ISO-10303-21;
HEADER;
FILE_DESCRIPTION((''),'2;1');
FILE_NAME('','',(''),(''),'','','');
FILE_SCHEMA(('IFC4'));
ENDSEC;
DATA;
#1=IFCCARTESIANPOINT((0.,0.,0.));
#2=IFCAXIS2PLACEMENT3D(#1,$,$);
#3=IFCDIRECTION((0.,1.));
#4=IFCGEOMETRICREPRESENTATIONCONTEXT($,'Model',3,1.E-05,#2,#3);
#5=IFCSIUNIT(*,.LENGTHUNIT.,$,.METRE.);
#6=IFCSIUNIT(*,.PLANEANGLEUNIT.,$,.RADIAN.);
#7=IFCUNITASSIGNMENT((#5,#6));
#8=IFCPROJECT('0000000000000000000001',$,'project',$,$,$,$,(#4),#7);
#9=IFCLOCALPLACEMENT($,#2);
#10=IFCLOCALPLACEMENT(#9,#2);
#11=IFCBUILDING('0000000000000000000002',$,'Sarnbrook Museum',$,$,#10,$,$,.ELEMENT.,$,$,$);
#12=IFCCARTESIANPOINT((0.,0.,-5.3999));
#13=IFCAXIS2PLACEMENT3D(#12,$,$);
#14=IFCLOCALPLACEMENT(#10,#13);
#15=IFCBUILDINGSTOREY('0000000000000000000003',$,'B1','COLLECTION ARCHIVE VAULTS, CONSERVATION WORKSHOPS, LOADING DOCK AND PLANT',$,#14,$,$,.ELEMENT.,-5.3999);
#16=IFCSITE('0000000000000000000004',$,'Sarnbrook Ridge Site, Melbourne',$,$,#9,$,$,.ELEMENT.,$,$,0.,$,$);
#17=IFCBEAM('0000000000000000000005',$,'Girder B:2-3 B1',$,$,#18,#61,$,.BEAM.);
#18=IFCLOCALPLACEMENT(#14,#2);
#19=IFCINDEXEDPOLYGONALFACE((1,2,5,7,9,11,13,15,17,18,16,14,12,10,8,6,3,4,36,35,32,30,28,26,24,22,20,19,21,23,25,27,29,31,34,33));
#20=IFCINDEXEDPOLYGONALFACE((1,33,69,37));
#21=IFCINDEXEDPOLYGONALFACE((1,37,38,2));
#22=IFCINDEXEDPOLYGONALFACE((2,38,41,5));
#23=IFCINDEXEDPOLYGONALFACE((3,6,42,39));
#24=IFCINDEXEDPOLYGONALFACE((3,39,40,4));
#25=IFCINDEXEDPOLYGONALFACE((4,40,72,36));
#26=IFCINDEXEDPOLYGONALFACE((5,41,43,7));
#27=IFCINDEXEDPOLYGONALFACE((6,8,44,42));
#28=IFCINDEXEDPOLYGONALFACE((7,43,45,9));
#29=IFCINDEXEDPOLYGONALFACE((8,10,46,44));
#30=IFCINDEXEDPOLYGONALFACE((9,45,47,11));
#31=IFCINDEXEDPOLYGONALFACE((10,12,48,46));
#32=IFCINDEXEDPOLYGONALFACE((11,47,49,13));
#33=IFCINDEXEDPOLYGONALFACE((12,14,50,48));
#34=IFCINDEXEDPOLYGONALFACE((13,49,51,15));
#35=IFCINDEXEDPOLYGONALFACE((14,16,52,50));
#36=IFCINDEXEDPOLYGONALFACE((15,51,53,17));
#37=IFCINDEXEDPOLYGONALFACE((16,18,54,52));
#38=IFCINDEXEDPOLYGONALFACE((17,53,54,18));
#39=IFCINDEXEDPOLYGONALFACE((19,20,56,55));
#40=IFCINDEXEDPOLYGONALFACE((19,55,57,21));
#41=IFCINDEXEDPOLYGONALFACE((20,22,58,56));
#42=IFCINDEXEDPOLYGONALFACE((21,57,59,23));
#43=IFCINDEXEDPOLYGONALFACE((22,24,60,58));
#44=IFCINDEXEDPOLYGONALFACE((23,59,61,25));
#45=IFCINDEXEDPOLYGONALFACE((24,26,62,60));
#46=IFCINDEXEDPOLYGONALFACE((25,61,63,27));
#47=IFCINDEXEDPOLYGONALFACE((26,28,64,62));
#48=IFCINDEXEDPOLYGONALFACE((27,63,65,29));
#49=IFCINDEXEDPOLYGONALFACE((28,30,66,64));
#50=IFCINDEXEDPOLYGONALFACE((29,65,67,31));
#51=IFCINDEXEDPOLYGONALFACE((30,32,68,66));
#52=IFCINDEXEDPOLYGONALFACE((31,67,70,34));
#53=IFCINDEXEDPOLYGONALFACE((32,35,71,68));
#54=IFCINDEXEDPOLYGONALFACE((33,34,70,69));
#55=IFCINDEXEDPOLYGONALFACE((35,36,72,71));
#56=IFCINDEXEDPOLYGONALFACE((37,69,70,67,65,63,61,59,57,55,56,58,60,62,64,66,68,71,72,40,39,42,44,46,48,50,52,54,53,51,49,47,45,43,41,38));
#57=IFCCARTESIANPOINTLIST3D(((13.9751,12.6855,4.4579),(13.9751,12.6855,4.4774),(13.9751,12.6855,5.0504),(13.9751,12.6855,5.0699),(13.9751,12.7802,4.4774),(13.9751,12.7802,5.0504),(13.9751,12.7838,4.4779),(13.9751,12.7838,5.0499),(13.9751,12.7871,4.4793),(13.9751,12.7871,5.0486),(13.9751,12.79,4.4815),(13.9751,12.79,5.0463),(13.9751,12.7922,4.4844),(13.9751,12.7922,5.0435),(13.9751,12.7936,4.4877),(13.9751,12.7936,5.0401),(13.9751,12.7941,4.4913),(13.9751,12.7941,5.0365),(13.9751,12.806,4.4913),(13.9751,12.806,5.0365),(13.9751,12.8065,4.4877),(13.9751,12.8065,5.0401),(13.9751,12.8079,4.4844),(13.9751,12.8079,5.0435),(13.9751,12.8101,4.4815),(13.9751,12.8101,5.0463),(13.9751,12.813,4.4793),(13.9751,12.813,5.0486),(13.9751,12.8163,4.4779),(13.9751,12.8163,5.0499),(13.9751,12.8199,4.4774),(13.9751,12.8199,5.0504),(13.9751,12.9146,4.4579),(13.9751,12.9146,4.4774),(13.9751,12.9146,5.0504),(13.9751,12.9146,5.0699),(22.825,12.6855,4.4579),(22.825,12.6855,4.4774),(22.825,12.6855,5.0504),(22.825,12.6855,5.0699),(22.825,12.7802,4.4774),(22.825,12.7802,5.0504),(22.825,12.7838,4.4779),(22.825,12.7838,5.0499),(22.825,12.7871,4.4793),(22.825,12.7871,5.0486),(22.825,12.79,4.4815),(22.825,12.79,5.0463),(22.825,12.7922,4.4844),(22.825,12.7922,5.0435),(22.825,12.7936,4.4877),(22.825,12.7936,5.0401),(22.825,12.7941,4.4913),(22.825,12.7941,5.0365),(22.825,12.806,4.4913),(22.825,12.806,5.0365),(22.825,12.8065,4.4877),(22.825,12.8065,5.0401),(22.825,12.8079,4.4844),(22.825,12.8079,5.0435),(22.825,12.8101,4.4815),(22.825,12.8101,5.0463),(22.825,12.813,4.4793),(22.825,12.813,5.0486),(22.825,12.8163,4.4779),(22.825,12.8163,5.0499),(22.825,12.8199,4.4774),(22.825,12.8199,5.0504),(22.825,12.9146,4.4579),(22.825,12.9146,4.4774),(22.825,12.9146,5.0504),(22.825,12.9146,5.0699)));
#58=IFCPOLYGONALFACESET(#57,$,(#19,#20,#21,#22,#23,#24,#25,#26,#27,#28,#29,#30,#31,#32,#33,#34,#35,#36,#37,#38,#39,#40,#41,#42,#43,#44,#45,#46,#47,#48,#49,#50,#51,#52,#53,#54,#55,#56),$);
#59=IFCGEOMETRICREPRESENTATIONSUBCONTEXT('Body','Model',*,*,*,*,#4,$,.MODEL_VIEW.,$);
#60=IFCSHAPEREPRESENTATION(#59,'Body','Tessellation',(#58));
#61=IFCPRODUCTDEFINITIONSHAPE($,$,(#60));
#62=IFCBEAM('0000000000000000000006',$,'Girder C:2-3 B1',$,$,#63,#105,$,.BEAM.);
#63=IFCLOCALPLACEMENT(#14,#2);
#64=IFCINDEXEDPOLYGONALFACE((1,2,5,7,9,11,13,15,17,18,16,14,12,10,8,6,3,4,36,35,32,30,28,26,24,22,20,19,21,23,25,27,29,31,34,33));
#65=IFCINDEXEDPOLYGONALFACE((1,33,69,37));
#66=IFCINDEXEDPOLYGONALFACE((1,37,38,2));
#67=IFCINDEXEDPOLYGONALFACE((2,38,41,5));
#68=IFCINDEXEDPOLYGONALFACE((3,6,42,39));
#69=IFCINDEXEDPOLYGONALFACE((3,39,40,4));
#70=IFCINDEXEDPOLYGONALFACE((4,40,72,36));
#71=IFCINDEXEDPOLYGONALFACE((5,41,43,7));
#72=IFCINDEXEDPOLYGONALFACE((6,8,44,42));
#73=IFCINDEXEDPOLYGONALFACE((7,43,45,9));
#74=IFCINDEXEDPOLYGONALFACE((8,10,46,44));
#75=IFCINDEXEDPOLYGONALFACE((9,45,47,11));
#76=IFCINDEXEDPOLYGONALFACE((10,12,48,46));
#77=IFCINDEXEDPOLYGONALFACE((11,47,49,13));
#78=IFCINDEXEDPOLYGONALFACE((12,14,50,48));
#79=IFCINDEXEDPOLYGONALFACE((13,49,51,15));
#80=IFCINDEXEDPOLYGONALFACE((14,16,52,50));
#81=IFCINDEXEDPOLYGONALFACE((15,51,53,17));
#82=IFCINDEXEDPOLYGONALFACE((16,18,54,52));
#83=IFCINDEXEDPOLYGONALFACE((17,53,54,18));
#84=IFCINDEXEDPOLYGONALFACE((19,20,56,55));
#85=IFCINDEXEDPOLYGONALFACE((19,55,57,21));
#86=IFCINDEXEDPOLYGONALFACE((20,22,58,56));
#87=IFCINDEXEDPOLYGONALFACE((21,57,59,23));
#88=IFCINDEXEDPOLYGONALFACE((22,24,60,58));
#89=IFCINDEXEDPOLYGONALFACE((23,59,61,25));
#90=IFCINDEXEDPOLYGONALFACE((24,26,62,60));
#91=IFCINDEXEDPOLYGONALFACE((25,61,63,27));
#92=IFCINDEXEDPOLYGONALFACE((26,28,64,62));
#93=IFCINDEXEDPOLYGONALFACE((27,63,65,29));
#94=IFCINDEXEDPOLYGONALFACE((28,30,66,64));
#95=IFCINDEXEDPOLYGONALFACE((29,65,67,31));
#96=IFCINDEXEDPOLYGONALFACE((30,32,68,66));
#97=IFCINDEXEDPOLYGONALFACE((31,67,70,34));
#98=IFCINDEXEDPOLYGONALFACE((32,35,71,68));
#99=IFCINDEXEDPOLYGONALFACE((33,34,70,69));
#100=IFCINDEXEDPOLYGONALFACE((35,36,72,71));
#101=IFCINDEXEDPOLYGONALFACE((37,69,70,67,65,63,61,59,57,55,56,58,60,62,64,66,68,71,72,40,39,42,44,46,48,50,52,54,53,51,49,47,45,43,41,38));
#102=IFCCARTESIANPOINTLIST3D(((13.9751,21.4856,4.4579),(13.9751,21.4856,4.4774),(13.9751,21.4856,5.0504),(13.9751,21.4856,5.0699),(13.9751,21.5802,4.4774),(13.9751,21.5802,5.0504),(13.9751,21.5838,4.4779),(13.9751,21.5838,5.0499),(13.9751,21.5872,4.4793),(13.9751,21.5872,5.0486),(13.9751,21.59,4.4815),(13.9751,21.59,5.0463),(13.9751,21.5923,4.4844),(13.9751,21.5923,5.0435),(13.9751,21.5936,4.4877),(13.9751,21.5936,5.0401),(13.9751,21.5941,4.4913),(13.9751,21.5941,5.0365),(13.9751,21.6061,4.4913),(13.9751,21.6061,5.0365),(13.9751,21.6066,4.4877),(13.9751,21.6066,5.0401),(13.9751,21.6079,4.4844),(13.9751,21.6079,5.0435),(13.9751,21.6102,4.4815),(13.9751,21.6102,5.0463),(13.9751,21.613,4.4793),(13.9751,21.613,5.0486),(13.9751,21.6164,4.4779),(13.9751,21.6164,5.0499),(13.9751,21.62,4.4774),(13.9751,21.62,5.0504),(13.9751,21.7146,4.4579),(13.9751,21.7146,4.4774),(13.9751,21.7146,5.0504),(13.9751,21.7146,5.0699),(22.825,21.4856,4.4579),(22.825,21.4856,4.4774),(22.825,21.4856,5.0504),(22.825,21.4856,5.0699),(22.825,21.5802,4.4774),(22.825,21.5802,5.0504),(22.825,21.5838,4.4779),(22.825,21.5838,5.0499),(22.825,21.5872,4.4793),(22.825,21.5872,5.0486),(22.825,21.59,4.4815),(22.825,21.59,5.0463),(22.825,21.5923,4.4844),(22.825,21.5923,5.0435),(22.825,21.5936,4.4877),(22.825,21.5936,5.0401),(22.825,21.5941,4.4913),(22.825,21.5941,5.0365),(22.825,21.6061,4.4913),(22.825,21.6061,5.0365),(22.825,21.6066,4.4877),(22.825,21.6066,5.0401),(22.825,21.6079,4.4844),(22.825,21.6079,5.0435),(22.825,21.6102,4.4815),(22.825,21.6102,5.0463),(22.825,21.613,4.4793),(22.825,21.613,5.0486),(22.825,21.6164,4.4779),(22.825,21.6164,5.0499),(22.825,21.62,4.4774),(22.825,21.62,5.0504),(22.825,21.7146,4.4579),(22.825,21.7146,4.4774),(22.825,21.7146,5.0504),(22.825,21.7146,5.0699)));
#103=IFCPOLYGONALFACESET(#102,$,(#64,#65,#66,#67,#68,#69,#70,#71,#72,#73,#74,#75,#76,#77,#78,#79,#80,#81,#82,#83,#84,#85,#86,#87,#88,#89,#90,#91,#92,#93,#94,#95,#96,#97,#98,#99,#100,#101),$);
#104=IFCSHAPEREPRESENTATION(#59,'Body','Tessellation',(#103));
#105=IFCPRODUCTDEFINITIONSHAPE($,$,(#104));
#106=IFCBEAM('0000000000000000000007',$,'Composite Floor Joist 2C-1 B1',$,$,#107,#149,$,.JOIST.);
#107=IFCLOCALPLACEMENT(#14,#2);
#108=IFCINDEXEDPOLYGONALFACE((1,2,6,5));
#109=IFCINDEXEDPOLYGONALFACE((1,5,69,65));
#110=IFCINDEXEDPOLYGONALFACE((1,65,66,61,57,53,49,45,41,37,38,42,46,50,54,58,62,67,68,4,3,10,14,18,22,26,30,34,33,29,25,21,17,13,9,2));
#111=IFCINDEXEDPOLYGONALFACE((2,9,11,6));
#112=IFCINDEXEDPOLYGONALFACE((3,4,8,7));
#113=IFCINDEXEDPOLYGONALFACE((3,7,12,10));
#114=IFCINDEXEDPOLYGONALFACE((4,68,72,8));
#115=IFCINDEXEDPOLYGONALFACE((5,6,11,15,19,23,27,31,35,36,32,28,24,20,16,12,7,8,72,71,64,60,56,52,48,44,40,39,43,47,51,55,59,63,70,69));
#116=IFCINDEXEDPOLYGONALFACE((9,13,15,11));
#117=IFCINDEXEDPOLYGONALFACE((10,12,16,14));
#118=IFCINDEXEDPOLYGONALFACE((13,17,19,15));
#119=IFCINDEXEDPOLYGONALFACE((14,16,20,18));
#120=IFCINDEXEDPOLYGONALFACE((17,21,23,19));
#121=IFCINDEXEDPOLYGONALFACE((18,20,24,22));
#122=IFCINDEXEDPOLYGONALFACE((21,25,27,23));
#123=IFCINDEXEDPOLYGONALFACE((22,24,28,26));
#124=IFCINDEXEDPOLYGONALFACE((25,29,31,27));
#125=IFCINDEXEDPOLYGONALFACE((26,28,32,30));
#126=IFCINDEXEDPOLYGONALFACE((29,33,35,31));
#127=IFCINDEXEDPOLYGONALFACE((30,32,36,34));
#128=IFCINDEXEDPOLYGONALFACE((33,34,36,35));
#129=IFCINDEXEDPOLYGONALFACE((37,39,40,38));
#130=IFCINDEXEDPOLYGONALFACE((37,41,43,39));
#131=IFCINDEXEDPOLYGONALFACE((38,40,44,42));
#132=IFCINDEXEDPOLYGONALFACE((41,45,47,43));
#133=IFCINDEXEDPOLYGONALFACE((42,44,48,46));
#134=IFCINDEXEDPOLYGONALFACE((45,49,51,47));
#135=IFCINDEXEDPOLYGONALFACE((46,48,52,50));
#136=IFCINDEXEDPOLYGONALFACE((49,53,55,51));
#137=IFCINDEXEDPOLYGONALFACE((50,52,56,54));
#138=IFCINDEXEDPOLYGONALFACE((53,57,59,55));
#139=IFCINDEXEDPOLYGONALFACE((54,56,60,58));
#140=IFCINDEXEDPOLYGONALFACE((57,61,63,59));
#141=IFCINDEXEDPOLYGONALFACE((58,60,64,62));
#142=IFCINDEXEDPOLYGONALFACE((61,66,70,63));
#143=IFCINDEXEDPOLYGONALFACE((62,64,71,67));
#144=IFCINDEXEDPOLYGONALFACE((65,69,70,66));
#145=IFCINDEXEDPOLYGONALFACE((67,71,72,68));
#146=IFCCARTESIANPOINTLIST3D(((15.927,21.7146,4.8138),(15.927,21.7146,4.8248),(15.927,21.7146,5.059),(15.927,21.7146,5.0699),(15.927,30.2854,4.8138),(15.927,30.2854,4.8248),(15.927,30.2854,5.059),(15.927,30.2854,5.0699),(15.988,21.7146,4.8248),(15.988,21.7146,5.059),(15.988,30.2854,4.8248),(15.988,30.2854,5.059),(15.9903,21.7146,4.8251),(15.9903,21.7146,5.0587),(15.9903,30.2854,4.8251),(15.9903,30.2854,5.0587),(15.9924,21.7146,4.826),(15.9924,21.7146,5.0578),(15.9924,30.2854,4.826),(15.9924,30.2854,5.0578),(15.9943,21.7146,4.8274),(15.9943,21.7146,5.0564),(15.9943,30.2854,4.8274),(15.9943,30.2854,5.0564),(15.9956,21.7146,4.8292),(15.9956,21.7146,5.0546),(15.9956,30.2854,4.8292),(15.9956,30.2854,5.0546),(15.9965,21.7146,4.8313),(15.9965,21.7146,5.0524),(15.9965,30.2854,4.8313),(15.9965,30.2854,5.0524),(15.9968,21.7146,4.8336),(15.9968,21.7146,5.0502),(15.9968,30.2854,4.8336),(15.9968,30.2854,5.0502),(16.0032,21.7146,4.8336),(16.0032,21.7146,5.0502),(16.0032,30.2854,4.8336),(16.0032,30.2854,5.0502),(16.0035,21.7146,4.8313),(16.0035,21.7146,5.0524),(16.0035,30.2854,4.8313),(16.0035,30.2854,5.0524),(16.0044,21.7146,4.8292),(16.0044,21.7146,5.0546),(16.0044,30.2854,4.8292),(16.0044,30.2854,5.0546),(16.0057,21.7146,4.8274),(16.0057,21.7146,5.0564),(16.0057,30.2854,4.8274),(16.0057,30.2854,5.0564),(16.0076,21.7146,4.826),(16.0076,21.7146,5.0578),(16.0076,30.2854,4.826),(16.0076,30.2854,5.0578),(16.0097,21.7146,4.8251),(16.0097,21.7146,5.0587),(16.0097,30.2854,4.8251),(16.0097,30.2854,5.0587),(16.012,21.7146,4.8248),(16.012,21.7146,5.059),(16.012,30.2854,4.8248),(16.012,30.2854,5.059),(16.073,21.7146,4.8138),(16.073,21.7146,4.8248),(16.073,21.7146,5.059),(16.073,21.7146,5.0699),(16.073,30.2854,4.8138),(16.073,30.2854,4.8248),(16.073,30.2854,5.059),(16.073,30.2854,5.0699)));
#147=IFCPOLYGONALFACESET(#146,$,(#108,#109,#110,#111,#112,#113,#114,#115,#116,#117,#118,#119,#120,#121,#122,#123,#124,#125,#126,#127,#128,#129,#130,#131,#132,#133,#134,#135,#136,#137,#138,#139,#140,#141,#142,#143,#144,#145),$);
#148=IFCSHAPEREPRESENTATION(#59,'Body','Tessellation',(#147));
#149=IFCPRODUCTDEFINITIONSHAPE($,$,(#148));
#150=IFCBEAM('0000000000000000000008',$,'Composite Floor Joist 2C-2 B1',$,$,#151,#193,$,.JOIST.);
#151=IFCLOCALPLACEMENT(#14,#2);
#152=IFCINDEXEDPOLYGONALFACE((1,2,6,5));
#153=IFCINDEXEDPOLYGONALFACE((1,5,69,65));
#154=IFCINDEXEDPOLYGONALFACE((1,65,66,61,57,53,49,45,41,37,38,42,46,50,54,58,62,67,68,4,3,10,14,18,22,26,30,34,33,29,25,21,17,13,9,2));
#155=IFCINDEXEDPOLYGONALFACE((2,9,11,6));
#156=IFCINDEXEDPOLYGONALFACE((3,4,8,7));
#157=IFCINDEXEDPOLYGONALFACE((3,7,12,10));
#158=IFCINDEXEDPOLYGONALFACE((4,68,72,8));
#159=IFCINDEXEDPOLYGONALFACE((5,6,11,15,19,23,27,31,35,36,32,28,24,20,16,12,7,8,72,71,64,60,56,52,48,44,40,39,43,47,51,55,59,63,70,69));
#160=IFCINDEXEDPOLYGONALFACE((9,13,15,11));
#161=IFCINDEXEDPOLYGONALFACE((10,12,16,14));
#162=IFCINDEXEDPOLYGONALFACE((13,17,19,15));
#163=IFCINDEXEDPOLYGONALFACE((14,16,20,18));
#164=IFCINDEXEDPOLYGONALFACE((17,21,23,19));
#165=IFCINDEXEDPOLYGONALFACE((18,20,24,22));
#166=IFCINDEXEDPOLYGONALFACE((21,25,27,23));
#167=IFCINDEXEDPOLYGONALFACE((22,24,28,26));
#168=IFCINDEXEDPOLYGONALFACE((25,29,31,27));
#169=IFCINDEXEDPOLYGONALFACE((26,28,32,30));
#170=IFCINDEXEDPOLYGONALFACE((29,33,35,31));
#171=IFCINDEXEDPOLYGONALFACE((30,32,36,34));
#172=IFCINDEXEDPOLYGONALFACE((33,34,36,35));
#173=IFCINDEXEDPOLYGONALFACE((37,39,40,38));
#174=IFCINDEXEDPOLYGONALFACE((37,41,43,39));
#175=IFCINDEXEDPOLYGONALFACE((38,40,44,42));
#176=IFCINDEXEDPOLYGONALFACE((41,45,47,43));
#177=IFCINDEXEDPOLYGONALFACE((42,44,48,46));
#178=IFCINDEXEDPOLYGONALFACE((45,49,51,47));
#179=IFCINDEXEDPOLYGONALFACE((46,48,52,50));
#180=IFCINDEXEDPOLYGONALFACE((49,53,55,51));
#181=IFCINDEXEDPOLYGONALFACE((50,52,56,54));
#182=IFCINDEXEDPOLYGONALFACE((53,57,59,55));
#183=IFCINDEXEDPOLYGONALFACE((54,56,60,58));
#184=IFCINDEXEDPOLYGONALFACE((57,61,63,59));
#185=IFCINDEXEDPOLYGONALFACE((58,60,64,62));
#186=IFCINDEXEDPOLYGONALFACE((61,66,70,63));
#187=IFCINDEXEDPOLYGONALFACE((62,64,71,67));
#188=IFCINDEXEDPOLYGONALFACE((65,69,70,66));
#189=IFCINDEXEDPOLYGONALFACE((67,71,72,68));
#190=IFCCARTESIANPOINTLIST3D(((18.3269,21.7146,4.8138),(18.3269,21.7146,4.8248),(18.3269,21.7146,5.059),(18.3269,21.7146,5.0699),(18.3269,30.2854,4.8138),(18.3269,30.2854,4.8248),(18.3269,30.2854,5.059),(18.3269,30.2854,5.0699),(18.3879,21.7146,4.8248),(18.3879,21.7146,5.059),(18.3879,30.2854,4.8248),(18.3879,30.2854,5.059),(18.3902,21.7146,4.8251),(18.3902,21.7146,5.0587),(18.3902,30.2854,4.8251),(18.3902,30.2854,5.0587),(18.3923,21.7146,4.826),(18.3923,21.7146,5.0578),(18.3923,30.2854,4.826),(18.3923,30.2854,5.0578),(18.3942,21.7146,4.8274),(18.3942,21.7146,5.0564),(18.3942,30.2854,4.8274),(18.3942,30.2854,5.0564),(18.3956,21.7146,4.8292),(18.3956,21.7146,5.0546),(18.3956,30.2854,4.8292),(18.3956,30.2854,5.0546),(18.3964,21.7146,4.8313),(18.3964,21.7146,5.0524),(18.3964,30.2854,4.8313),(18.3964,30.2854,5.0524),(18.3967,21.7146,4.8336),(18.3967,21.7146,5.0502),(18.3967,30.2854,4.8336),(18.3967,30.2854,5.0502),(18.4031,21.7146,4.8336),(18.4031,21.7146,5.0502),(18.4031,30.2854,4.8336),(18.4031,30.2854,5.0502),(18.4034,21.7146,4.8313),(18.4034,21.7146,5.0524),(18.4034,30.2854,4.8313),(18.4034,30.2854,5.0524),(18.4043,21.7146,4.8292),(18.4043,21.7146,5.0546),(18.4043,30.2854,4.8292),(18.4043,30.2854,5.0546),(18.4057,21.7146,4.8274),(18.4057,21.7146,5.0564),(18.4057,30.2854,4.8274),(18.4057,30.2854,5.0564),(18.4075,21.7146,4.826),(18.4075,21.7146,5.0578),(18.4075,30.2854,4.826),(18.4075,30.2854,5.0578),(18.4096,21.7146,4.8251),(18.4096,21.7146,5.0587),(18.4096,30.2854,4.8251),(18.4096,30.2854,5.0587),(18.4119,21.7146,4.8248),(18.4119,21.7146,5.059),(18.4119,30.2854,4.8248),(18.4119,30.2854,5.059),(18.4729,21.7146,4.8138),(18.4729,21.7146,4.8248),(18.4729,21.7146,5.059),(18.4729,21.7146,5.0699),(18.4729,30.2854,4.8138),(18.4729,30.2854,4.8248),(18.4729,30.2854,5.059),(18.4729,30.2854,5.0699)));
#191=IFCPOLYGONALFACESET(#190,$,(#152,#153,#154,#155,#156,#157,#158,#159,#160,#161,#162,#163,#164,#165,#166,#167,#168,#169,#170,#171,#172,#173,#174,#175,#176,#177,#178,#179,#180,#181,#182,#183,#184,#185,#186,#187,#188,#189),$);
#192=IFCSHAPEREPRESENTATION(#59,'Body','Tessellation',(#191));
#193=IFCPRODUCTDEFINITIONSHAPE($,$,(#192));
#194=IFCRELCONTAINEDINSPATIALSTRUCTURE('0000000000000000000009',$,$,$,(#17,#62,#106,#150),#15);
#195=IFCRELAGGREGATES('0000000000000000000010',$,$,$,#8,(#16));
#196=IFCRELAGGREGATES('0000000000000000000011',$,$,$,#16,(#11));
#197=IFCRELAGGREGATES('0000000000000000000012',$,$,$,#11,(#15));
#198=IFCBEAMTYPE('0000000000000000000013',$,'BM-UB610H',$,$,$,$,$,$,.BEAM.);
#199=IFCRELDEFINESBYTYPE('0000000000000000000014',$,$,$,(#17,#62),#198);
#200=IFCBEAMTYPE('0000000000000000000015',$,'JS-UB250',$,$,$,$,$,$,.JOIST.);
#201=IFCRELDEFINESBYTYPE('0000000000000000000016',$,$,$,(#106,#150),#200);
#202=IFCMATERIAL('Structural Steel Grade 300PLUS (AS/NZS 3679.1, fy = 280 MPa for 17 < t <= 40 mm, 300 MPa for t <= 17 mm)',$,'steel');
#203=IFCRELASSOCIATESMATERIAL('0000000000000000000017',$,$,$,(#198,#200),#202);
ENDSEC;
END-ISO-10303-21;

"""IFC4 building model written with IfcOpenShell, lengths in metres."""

from ifc_helpers import new_model, si_unit, direction, frame, origin, origin_2d, place, context, subcontext, project, spatial, i_section, extrude, material, material_profile, profile_set, type_object, element, save


model = new_model("IFC4")

# Units and contexts
model_context = context("Model", 3, precision=1e-05, world=origin(), true_north=direction((0.0, 1.0)))
body_context = subcontext(model_context, "Body", "Model", "MODEL_VIEW")
ifc_project = project(units=[si_unit("LENGTHUNIT", "METRE"), si_unit("PLANEANGLEUNIT", "RADIAN")], contexts=[model_context])

# Site, building, storey
site_placement = place(None, origin())
site = spatial("IfcSite", under=ifc_project, at=site_placement, Name="Sarnbrook Ridge Site, Melbourne", CompositionType="ELEMENT", RefElevation=0.0)
building_placement = place(site_placement, origin())
building = spatial("IfcBuilding", under=site, at=building_placement, Name="Sarnbrook Museum", CompositionType="ELEMENT")
storey_placement = place(building_placement, frame((0.0, 0.0, -5.3999)))
storey = spatial("IfcBuildingStorey", under=building, at=storey_placement, Name="B1", Description="COLLECTION ARCHIVE VAULTS, CONSERVATION WORKSHOPS, LOADING DOCK AND PLANT", CompositionType="ELEMENT", Elevation=-5.3999)

# Beams
ifc_material_1 = material(Name="Structural Steel Grade 300PLUS (AS/NZS 3679.1, fy = 280 MPa for 17 < t <= 40 mm, 300 MPa for t <= 17 mm)", Category="steel")
ifc_material_profile_1 = material_profile(ifc_material_1, i_section(OverallWidth=0.229, OverallDepth=0.6121, WebThickness=0.012, FlangeThickness=0.0195, FilletRadius=0.0139, at=origin_2d()), Name="610UB125")
ifc_profile_set_1 = profile_set([ifc_material_profile_1], Name="Structural Steel Grade 300PLUS (AS/NZS 3679.1, fy = 280 MPa for 17 < t <= 40 mm, 300 MPa for t <= 17 mm)")
beam_type_1 = type_object("IfcBeamType", Name="BM-UB610H", PredefinedType="BEAM", material=ifc_profile_set_1)
for number, where, z_axis, x_axis, name in (
    (1, (13.9751, 12.8, 4.7639), (1.0, 0.0, 0.0), (0.0, 1.0, 0.0), "Girder B:2-3 B1"),
    (2, (13.9751, 21.6001, 4.7639), (1.0, 0.0, 0.0), (0.0, 1.0, 0.0), "Girder C:2-3 B1"),
):
    element("IfcBeam", number, at=place(storey_placement, frame(where, z_axis=z_axis, x_axis=x_axis)), inside=storey, type_object=beam_type_1, Name=name, PredefinedType="BEAM", context=body_context, shape_type="SweptSolid", body=[
        extrude(i_section(OverallWidth=0.229, OverallDepth=0.6121, WebThickness=0.012, FlangeThickness=0.0195, FilletRadius=0.0139, at=origin_2d()), origin(), (0.0, 0.0, 1.0), 8.8499),
    ])
ifc_material_profile_2 = material_profile(ifc_material_1, i_section(OverallWidth=0.146, OverallDepth=0.2561, WebThickness=0.0063, FlangeThickness=0.011, FilletRadius=0.0088, at=origin_2d()), Name="250UB37.3")
ifc_profile_set_2 = profile_set([ifc_material_profile_2], Name="Structural Steel Grade 300PLUS (AS/NZS 3679.1, fy = 280 MPa for 17 < t <= 40 mm, 300 MPa for t <= 17 mm)")
beam_type_2 = type_object("IfcBeamType", Name="JS-UB250", PredefinedType="JOIST", material=ifc_profile_set_2)
for number, where, z_axis, x_axis, name in (
    (3, (16.0, 21.7146, 4.9419), (0.0, 1.0, 0.0), (-1.0, 0.0, 0.0), "Composite Floor Joist 2C-1 B1"),
    (4, (18.3999, 21.7146, 4.9419), (0.0, 1.0, 0.0), (-1.0, 0.0, 0.0), "Composite Floor Joist 2C-2 B1"),
):
    element("IfcBeam", number, at=place(storey_placement, frame(where, z_axis=z_axis, x_axis=x_axis)), inside=storey, type_object=beam_type_2, Name=name, PredefinedType="JOIST", context=body_context, shape_type="SweptSolid", body=[
        extrude(i_section(OverallWidth=0.146, OverallDepth=0.2561, WebThickness=0.0063, FlangeThickness=0.011, FilletRadius=0.0088, at=origin_2d()), origin(), (0.0, 0.0, 1.0), 8.5708),
    ])

save(model, "model.ifc")
